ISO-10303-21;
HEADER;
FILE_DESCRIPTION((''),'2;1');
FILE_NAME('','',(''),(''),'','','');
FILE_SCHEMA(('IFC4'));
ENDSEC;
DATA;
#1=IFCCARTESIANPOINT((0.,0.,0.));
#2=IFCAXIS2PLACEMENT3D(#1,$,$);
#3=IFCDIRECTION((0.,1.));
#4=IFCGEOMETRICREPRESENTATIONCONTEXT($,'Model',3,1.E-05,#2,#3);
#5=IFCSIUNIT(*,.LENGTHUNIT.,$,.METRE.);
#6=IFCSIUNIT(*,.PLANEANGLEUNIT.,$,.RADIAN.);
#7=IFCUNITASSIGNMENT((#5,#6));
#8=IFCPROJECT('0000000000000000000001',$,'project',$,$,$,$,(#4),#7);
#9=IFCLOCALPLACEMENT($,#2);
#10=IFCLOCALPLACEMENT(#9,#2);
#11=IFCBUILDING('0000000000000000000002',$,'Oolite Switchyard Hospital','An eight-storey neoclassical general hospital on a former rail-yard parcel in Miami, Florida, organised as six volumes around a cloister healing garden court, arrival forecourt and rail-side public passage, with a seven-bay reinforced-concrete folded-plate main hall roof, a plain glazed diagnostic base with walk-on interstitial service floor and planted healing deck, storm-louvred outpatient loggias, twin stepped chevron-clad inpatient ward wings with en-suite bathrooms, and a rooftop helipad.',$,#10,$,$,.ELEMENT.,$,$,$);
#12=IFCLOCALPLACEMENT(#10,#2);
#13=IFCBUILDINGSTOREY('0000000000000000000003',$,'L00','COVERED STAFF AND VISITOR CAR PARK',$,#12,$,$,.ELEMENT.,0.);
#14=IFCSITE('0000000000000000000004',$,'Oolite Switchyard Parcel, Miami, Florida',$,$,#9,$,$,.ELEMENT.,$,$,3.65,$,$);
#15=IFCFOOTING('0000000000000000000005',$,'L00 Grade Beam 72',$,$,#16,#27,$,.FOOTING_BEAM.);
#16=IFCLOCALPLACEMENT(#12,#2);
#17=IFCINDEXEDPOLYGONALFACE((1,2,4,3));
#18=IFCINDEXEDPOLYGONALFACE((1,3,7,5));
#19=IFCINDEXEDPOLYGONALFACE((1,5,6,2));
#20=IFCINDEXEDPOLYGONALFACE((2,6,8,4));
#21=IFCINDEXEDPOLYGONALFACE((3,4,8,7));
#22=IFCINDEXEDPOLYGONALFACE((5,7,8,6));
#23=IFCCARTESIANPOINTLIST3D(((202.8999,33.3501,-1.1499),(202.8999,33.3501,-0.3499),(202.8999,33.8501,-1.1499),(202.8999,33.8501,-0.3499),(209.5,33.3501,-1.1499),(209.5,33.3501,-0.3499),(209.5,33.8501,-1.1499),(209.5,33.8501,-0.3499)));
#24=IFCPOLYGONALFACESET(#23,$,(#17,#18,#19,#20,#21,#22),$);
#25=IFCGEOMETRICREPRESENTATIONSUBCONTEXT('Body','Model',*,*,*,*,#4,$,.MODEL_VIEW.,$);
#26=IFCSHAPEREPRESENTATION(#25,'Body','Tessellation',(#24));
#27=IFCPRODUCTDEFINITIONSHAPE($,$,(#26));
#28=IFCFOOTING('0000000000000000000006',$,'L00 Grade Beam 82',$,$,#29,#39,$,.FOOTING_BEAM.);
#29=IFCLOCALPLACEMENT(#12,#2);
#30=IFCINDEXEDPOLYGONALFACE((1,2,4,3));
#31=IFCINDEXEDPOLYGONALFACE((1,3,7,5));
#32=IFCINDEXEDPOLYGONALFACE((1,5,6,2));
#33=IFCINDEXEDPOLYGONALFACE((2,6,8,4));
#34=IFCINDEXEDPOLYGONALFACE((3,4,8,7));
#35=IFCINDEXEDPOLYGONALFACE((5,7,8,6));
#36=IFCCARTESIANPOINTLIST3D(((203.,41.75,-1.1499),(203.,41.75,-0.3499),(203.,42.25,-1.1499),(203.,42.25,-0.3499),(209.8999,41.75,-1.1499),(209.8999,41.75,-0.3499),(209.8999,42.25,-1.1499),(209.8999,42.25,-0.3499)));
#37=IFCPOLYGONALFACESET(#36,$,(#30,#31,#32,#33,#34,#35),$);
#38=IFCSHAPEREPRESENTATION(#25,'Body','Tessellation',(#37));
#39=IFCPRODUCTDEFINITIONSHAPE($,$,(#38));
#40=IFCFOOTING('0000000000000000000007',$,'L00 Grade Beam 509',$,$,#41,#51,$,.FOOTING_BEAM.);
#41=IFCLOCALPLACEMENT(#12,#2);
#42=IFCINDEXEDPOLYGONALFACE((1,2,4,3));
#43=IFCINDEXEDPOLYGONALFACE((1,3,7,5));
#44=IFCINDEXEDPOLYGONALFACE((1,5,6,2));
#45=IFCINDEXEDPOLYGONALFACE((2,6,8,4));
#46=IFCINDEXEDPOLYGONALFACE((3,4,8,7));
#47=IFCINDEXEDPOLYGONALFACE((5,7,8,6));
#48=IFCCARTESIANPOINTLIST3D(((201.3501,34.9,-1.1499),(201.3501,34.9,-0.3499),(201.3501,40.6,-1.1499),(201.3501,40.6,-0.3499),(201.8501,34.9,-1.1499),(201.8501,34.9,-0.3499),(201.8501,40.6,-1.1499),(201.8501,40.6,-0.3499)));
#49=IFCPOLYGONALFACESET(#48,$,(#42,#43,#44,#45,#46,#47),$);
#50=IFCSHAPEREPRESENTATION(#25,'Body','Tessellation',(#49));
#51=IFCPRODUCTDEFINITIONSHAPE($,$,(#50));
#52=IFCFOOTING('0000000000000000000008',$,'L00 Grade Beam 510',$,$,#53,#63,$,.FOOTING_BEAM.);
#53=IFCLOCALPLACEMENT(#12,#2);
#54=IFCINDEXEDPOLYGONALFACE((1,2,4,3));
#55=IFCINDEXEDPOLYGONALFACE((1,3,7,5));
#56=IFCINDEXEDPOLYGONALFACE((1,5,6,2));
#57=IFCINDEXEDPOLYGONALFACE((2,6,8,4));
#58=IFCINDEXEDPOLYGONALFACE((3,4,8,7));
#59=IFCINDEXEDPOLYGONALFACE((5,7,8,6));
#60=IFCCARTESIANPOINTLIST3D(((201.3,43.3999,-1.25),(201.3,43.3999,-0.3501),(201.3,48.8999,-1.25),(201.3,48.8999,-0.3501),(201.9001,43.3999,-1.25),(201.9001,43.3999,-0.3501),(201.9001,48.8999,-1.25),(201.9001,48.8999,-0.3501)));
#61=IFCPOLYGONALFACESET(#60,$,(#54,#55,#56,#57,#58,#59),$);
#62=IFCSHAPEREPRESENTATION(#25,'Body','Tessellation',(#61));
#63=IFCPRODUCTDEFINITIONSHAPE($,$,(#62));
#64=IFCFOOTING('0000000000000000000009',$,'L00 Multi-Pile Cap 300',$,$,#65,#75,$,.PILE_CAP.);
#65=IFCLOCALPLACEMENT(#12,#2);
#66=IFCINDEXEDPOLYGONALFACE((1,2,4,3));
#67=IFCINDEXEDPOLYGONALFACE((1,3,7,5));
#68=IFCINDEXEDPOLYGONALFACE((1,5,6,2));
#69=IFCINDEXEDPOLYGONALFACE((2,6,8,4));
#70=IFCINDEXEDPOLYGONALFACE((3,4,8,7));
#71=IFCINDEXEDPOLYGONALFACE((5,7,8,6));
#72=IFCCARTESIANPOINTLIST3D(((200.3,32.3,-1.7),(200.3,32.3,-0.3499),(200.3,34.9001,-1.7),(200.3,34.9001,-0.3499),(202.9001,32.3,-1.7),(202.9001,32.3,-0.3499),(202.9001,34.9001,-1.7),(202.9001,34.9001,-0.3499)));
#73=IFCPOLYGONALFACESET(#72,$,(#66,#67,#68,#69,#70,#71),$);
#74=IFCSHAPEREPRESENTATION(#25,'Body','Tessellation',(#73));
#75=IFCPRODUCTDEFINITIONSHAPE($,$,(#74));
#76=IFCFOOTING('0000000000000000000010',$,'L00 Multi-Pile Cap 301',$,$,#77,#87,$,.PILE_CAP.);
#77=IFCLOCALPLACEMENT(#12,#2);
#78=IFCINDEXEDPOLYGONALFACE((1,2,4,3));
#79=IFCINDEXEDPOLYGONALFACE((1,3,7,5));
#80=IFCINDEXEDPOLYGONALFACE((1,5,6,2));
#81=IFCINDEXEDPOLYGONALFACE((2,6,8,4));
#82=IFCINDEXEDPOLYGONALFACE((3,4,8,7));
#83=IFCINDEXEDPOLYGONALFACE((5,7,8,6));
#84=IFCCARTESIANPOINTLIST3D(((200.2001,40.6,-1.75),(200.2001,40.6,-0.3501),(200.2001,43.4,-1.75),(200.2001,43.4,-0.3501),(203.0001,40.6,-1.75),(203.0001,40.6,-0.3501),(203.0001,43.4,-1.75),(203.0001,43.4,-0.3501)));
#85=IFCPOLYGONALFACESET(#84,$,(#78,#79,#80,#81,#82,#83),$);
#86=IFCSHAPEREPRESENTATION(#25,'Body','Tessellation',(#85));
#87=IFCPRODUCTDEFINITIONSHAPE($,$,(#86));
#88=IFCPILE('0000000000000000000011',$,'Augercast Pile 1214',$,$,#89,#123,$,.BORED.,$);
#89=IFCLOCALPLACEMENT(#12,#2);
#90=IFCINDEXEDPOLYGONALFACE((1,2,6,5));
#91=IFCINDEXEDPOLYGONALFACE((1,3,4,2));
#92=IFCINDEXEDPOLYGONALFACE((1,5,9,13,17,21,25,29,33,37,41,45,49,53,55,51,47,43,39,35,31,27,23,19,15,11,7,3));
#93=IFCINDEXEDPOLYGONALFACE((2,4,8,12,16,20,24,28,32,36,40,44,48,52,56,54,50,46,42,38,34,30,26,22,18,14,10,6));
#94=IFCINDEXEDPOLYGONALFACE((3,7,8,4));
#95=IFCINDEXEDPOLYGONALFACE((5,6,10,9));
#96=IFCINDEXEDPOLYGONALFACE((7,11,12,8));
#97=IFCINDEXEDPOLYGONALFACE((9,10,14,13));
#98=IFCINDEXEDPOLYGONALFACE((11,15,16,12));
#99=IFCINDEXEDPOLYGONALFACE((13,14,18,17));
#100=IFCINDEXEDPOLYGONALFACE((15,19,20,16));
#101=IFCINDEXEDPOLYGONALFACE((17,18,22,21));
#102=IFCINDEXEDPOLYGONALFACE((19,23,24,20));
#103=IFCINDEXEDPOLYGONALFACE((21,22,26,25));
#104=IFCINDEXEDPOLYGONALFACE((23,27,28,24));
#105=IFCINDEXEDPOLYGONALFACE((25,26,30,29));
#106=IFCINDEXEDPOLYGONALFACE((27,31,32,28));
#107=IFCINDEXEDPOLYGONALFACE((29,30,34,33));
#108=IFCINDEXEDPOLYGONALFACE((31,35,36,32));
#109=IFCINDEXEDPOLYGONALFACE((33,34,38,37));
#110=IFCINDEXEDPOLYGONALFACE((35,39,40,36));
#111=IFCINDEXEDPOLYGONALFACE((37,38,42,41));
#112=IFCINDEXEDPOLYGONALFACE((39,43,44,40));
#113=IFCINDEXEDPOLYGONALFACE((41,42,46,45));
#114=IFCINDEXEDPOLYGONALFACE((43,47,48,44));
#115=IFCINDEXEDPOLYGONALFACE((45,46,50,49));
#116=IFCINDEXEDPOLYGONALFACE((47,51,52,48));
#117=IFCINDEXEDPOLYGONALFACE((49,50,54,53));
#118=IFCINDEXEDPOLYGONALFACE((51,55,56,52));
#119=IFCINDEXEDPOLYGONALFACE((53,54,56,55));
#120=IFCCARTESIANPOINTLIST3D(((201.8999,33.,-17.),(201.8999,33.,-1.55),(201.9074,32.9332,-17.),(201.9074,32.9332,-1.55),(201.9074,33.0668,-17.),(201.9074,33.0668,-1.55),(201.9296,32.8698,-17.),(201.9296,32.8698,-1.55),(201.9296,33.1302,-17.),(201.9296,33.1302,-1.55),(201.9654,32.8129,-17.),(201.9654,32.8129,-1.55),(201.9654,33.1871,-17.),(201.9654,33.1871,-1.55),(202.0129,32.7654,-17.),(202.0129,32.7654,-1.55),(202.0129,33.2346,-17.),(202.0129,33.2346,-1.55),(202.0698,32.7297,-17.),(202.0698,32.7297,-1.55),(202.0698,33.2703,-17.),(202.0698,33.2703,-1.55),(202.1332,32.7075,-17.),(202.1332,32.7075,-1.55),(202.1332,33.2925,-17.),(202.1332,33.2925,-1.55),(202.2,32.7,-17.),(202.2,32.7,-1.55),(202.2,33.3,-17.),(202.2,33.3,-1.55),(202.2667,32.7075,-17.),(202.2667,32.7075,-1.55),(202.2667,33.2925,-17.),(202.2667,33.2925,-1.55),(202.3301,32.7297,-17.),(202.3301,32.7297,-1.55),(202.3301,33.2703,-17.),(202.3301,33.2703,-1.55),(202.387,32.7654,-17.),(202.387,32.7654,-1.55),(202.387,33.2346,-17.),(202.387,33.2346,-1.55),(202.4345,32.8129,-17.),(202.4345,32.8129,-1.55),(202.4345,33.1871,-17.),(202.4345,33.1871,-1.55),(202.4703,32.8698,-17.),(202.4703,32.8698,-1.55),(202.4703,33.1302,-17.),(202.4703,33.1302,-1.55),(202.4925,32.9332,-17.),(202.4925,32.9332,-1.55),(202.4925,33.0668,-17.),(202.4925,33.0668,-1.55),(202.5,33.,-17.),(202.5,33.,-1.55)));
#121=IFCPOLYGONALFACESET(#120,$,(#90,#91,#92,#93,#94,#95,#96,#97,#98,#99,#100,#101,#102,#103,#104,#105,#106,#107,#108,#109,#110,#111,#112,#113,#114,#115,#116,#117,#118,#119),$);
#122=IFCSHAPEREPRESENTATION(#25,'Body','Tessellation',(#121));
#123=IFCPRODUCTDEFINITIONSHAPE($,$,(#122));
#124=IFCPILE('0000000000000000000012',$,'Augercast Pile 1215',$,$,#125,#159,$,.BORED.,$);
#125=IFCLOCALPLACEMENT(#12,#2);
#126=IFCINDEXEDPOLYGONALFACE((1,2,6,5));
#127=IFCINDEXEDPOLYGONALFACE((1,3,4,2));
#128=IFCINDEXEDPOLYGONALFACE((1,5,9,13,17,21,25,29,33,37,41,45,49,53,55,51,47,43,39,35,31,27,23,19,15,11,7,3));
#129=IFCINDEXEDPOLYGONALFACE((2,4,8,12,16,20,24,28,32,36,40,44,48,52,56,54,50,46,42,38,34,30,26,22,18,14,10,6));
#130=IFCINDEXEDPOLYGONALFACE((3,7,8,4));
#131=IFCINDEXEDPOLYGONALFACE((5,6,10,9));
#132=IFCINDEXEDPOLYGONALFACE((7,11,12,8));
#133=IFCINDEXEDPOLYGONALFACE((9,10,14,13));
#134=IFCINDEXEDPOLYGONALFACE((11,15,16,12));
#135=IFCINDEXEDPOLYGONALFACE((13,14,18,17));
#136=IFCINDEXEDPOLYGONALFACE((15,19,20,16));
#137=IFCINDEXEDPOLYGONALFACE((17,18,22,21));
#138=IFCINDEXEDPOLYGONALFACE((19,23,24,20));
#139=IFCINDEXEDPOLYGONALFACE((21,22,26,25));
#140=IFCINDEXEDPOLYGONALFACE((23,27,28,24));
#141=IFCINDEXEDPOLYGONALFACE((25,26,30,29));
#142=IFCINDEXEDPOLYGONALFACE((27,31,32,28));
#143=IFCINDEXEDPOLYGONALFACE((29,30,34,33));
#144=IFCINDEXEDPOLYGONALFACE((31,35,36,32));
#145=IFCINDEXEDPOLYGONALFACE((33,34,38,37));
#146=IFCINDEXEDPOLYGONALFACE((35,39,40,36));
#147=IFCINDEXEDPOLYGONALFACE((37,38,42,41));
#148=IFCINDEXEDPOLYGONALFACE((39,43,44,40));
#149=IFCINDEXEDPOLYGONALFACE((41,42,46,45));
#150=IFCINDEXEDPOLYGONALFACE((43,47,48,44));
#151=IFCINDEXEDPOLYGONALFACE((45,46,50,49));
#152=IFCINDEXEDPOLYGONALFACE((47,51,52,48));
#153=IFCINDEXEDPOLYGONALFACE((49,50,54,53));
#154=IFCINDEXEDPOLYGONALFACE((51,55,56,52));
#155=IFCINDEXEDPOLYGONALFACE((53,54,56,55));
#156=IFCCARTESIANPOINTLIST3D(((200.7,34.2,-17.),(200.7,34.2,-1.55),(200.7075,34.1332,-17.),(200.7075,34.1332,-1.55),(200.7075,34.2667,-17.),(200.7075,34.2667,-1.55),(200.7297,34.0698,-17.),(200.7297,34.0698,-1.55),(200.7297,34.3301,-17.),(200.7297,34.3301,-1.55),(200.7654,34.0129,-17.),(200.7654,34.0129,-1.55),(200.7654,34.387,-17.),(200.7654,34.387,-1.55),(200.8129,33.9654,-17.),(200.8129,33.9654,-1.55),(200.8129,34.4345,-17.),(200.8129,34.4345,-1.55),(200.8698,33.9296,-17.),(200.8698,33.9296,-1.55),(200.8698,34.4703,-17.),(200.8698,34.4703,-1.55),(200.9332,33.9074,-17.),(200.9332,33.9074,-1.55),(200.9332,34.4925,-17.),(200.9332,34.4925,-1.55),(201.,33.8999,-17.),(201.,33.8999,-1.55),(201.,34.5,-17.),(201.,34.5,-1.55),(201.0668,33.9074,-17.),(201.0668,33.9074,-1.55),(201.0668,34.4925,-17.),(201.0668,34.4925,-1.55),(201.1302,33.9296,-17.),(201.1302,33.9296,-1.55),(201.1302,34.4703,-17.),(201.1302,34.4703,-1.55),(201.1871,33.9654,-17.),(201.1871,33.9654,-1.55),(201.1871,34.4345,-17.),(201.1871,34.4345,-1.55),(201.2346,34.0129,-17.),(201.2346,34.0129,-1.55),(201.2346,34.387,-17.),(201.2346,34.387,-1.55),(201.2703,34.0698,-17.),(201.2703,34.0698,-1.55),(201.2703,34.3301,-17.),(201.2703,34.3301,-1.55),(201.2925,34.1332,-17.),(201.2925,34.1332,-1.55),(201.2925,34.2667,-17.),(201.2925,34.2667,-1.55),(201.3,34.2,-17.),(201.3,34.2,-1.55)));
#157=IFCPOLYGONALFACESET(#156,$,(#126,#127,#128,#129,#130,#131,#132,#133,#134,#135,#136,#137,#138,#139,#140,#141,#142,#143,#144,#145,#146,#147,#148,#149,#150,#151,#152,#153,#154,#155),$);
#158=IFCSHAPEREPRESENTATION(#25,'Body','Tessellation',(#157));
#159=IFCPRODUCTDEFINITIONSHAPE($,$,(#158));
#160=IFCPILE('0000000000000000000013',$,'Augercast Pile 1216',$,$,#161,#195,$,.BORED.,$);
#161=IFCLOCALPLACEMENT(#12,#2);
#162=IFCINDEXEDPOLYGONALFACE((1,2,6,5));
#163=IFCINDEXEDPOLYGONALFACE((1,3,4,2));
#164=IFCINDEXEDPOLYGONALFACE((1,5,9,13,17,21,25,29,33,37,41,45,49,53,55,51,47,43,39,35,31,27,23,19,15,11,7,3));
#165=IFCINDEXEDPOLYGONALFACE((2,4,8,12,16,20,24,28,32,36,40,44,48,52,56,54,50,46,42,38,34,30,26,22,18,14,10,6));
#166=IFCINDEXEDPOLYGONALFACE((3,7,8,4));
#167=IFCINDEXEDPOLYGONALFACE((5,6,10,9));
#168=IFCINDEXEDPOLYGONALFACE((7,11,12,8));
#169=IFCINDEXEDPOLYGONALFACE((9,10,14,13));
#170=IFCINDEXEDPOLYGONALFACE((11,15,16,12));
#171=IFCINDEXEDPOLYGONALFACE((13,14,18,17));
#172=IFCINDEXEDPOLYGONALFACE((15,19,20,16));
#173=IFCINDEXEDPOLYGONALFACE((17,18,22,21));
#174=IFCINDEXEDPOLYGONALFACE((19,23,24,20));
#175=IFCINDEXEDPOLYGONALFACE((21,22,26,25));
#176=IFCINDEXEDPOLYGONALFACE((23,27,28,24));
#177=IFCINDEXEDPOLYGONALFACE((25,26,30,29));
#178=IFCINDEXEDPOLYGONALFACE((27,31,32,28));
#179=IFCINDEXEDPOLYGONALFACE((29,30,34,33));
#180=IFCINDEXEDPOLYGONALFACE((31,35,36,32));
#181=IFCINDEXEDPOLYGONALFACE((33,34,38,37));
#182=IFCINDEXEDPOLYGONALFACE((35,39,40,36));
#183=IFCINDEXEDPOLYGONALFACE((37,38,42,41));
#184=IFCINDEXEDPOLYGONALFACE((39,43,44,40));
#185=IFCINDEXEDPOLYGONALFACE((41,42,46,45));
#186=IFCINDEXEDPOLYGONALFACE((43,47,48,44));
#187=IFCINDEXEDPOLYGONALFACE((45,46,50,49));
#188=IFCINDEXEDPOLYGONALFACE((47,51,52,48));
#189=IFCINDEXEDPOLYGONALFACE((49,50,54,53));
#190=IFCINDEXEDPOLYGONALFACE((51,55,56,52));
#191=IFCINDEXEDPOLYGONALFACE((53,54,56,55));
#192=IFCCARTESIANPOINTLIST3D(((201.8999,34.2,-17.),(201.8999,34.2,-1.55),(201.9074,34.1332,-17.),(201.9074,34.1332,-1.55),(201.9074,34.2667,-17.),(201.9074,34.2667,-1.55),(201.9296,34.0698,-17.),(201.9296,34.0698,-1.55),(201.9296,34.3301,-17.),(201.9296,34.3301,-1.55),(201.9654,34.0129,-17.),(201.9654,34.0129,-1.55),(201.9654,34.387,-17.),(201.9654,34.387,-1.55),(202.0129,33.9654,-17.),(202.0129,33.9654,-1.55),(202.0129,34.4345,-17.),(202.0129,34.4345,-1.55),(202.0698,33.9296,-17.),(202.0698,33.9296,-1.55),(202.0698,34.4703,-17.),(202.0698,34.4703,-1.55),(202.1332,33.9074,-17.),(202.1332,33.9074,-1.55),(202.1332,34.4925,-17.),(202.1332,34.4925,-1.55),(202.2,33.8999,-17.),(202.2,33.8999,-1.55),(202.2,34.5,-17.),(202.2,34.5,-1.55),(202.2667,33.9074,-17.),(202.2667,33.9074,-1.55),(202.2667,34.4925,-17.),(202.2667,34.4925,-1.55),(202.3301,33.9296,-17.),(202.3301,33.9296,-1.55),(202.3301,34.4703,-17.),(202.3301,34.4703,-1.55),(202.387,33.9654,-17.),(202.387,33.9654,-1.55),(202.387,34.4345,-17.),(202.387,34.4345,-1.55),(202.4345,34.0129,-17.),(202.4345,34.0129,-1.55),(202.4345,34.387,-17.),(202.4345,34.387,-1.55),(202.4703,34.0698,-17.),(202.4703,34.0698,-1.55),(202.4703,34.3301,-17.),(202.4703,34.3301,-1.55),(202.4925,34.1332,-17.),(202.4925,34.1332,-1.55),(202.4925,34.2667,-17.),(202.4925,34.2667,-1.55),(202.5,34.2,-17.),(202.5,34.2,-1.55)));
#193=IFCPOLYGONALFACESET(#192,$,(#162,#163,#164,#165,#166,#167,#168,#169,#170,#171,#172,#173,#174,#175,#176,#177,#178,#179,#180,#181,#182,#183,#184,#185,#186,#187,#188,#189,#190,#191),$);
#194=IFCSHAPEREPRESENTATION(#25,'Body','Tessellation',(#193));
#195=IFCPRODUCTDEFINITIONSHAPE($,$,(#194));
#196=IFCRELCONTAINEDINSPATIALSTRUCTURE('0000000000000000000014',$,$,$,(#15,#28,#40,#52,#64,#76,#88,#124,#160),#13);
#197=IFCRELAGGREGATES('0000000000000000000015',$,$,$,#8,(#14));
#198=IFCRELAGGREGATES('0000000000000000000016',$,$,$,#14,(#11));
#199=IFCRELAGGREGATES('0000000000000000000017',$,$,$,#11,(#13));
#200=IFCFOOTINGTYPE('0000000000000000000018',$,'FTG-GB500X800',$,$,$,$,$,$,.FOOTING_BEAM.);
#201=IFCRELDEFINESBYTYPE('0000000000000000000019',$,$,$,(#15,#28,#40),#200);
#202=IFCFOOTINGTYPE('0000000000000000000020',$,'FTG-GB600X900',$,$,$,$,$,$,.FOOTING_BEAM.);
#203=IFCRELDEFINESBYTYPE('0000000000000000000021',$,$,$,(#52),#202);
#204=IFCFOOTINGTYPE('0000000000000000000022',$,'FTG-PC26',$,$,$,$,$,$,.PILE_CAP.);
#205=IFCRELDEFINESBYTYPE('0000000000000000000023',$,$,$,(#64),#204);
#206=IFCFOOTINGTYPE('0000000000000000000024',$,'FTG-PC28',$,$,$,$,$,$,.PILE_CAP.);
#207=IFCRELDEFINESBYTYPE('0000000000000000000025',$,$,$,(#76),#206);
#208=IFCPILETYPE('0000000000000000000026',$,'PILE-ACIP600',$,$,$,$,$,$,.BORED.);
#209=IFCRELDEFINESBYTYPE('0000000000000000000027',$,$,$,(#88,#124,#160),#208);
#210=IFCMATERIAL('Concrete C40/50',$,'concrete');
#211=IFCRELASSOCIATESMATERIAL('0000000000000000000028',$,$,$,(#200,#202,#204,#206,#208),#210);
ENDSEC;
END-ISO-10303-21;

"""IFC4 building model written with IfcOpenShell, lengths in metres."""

from ifc_helpers import new_model, si_unit, direction, frame, origin, origin_2d, place, context, subcontext, project, spatial, rectangle, circle, extrude, material, material_profile, profile_set, type_object, element, save


model = new_model("IFC4")

# Units and contexts
model_context = context("Model", 3, precision=1e-05, world=origin(), true_north=direction((0.0, 1.0)))
body_context = subcontext(model_context, "Body", "Model", "MODEL_VIEW")
ifc_project = project(units=[si_unit("LENGTHUNIT", "METRE"), si_unit("PLANEANGLEUNIT", "RADIAN")], contexts=[model_context])

# Site, building, storey
site_placement = place(None, origin())
site = spatial("IfcSite", under=ifc_project, at=site_placement, Name="Oolite Switchyard Parcel, Miami, Florida", CompositionType="ELEMENT", RefElevation=3.65)
building_placement = place(site_placement, origin())
building = spatial("IfcBuilding", under=site, at=building_placement, Name="Oolite Switchyard Hospital", Description="An eight-storey neoclassical general hospital on a former rail-yard parcel in Miami, Florida, organised as six volumes around a cloister healing garden court, arrival forecourt and rail-side public passage, with a seven-bay reinforced-concrete folded-plate main hall roof, a plain glazed diagnostic base with walk-on interstitial service floor and planted healing deck, storm-louvred outpatient loggias, twin stepped chevron-clad inpatient ward wings with en-suite bathrooms, and a rooftop helipad.", CompositionType="ELEMENT")
storey_placement = place(building_placement, origin())
storey = spatial("IfcBuildingStorey", under=building, at=storey_placement, Name="L00", Description="COVERED STAFF AND VISITOR CAR PARK", CompositionType="ELEMENT", Elevation=0.0)

# Footings
ifc_material_1 = material(Name="Concrete C40/50", Category="concrete")
footing_type_1 = type_object("IfcFootingType", Name="FTG-GB500X800", PredefinedType="FOOTING_BEAM", material=ifc_material_1)
footing_1_placement = place(storey_placement, frame((206.2, 33.6001, -1.1499), z_axis=(0.0, 0.0, 1.0), x_axis=(1.0, 0.0, 0.0)))
element("IfcFooting", 1, at=footing_1_placement, inside=storey, type_object=footing_type_1, Name="L00 Grade Beam 72", PredefinedType="FOOTING_BEAM", context=body_context, shape_type="SweptSolid", body=[
    extrude(rectangle(XDim=6.6001, YDim=0.5, at=origin_2d()), origin(), (0.0, 0.0, 1.0), 0.8),
])
footing_2_placement = place(storey_placement, frame((206.45, 42.0, -1.1499), z_axis=(0.0, 0.0, 1.0), x_axis=(1.0, 0.0, 0.0)))
element("IfcFooting", 2, at=footing_2_placement, inside=storey, type_object=footing_type_1, Name="L00 Grade Beam 82", PredefinedType="FOOTING_BEAM", context=body_context, shape_type="SweptSolid", body=[
    extrude(rectangle(XDim=6.8999, YDim=0.5, at=origin_2d()), origin(), (0.0, 0.0, 1.0), 0.8),
])
footing_3_placement = place(storey_placement, frame((201.6001, 37.75, -1.1499), z_axis=(0.0, 0.0, 1.0), x_axis=(0.0, 1.0, 0.0)))
element("IfcFooting", 3, at=footing_3_placement, inside=storey, type_object=footing_type_1, Name="L00 Grade Beam 509", PredefinedType="FOOTING_BEAM", context=body_context, shape_type="SweptSolid", body=[
    extrude(rectangle(XDim=5.7, YDim=0.5, at=origin_2d()), origin(), (0.0, 0.0, 1.0), 0.8),
])
footing_type_2 = type_object("IfcFootingType", Name="FTG-GB600X900", PredefinedType="FOOTING_BEAM", material=ifc_material_1)
footing_4_placement = place(storey_placement, frame((201.6001, 46.1499, -1.25), z_axis=(0.0, 0.0, 1.0), x_axis=(0.0, 1.0, 0.0)))
element("IfcFooting", 4, at=footing_4_placement, inside=storey, type_object=footing_type_2, Name="L00 Grade Beam 510", PredefinedType="FOOTING_BEAM", context=body_context, shape_type="SweptSolid", body=[
    extrude(rectangle(XDim=5.5, YDim=0.6001, at=origin_2d()), origin(), (0.0, 0.0, 1.0), 0.8999),
])
footing_type_3 = type_object("IfcFootingType", Name="FTG-PC26", PredefinedType="PILE_CAP", material=ifc_material_1)
footing_5_placement = place(storey_placement, frame((201.6001, 33.6001, -1.7), z_axis=(0.0, 0.0, 1.0), x_axis=(1.0, 0.0, 0.0)))
element("IfcFooting", 5, at=footing_5_placement, inside=storey, type_object=footing_type_3, Name="L00 Multi-Pile Cap 300", PredefinedType="PILE_CAP", context=body_context, shape_type="SweptSolid", body=[
    extrude(rectangle(XDim=2.6001, YDim=2.6001, at=origin_2d()), origin(), (0.0, 0.0, 1.0), 1.3501),
])
footing_type_4 = type_object("IfcFootingType", Name="FTG-PC28", PredefinedType="PILE_CAP", material=ifc_material_1)
footing_6_placement = place(storey_placement, frame((201.6001, 42.0, -1.75), z_axis=(0.0, 0.0, 1.0), x_axis=(1.0, 0.0, 0.0)))
element("IfcFooting", 6, at=footing_6_placement, inside=storey, type_object=footing_type_4, Name="L00 Multi-Pile Cap 301", PredefinedType="PILE_CAP", context=body_context, shape_type="SweptSolid", body=[
    extrude(rectangle(XDim=2.8, YDim=2.8, at=origin_2d()), origin(), (0.0, 0.0, 1.0), 1.3999),
])

# Piles
ifc_material_profile_1 = material_profile(ifc_material_1, circle(Radius=0.3, at=origin_2d()), Name="PILE600")
ifc_profile_set_1 = profile_set([ifc_material_profile_1], Name="Concrete C40/50")
pile_type = type_object("IfcPileType", Name="PILE-ACIP600", PredefinedType="BORED", material=ifc_profile_set_1)
for number, where, z_axis, x_axis, name in (
    (7, (202.2, 33.0, -1.55), (0.0, 0.0, -1.0), (1.0, 0.0, 0.0), "Augercast Pile 1214"),
    (8, (201.0, 34.2, -1.55), (0.0, 0.0, -1.0), (1.0, 0.0, 0.0), "Augercast Pile 1215"),
    (9, (202.2, 34.2, -1.55), (0.0, 0.0, -1.0), (1.0, 0.0, 0.0), "Augercast Pile 1216"),
):
    element("IfcPile", number, at=place(storey_placement, frame(where, z_axis=z_axis, x_axis=x_axis)), inside=storey, type_object=pile_type, Name=name, PredefinedType="BORED", context=body_context, shape_type="SweptSolid", body=[
        extrude(circle(Radius=0.3, at=origin_2d()), origin(), (0.0, 0.0, 1.0), 15.45),
    ])

save(model, "model.ifc")
